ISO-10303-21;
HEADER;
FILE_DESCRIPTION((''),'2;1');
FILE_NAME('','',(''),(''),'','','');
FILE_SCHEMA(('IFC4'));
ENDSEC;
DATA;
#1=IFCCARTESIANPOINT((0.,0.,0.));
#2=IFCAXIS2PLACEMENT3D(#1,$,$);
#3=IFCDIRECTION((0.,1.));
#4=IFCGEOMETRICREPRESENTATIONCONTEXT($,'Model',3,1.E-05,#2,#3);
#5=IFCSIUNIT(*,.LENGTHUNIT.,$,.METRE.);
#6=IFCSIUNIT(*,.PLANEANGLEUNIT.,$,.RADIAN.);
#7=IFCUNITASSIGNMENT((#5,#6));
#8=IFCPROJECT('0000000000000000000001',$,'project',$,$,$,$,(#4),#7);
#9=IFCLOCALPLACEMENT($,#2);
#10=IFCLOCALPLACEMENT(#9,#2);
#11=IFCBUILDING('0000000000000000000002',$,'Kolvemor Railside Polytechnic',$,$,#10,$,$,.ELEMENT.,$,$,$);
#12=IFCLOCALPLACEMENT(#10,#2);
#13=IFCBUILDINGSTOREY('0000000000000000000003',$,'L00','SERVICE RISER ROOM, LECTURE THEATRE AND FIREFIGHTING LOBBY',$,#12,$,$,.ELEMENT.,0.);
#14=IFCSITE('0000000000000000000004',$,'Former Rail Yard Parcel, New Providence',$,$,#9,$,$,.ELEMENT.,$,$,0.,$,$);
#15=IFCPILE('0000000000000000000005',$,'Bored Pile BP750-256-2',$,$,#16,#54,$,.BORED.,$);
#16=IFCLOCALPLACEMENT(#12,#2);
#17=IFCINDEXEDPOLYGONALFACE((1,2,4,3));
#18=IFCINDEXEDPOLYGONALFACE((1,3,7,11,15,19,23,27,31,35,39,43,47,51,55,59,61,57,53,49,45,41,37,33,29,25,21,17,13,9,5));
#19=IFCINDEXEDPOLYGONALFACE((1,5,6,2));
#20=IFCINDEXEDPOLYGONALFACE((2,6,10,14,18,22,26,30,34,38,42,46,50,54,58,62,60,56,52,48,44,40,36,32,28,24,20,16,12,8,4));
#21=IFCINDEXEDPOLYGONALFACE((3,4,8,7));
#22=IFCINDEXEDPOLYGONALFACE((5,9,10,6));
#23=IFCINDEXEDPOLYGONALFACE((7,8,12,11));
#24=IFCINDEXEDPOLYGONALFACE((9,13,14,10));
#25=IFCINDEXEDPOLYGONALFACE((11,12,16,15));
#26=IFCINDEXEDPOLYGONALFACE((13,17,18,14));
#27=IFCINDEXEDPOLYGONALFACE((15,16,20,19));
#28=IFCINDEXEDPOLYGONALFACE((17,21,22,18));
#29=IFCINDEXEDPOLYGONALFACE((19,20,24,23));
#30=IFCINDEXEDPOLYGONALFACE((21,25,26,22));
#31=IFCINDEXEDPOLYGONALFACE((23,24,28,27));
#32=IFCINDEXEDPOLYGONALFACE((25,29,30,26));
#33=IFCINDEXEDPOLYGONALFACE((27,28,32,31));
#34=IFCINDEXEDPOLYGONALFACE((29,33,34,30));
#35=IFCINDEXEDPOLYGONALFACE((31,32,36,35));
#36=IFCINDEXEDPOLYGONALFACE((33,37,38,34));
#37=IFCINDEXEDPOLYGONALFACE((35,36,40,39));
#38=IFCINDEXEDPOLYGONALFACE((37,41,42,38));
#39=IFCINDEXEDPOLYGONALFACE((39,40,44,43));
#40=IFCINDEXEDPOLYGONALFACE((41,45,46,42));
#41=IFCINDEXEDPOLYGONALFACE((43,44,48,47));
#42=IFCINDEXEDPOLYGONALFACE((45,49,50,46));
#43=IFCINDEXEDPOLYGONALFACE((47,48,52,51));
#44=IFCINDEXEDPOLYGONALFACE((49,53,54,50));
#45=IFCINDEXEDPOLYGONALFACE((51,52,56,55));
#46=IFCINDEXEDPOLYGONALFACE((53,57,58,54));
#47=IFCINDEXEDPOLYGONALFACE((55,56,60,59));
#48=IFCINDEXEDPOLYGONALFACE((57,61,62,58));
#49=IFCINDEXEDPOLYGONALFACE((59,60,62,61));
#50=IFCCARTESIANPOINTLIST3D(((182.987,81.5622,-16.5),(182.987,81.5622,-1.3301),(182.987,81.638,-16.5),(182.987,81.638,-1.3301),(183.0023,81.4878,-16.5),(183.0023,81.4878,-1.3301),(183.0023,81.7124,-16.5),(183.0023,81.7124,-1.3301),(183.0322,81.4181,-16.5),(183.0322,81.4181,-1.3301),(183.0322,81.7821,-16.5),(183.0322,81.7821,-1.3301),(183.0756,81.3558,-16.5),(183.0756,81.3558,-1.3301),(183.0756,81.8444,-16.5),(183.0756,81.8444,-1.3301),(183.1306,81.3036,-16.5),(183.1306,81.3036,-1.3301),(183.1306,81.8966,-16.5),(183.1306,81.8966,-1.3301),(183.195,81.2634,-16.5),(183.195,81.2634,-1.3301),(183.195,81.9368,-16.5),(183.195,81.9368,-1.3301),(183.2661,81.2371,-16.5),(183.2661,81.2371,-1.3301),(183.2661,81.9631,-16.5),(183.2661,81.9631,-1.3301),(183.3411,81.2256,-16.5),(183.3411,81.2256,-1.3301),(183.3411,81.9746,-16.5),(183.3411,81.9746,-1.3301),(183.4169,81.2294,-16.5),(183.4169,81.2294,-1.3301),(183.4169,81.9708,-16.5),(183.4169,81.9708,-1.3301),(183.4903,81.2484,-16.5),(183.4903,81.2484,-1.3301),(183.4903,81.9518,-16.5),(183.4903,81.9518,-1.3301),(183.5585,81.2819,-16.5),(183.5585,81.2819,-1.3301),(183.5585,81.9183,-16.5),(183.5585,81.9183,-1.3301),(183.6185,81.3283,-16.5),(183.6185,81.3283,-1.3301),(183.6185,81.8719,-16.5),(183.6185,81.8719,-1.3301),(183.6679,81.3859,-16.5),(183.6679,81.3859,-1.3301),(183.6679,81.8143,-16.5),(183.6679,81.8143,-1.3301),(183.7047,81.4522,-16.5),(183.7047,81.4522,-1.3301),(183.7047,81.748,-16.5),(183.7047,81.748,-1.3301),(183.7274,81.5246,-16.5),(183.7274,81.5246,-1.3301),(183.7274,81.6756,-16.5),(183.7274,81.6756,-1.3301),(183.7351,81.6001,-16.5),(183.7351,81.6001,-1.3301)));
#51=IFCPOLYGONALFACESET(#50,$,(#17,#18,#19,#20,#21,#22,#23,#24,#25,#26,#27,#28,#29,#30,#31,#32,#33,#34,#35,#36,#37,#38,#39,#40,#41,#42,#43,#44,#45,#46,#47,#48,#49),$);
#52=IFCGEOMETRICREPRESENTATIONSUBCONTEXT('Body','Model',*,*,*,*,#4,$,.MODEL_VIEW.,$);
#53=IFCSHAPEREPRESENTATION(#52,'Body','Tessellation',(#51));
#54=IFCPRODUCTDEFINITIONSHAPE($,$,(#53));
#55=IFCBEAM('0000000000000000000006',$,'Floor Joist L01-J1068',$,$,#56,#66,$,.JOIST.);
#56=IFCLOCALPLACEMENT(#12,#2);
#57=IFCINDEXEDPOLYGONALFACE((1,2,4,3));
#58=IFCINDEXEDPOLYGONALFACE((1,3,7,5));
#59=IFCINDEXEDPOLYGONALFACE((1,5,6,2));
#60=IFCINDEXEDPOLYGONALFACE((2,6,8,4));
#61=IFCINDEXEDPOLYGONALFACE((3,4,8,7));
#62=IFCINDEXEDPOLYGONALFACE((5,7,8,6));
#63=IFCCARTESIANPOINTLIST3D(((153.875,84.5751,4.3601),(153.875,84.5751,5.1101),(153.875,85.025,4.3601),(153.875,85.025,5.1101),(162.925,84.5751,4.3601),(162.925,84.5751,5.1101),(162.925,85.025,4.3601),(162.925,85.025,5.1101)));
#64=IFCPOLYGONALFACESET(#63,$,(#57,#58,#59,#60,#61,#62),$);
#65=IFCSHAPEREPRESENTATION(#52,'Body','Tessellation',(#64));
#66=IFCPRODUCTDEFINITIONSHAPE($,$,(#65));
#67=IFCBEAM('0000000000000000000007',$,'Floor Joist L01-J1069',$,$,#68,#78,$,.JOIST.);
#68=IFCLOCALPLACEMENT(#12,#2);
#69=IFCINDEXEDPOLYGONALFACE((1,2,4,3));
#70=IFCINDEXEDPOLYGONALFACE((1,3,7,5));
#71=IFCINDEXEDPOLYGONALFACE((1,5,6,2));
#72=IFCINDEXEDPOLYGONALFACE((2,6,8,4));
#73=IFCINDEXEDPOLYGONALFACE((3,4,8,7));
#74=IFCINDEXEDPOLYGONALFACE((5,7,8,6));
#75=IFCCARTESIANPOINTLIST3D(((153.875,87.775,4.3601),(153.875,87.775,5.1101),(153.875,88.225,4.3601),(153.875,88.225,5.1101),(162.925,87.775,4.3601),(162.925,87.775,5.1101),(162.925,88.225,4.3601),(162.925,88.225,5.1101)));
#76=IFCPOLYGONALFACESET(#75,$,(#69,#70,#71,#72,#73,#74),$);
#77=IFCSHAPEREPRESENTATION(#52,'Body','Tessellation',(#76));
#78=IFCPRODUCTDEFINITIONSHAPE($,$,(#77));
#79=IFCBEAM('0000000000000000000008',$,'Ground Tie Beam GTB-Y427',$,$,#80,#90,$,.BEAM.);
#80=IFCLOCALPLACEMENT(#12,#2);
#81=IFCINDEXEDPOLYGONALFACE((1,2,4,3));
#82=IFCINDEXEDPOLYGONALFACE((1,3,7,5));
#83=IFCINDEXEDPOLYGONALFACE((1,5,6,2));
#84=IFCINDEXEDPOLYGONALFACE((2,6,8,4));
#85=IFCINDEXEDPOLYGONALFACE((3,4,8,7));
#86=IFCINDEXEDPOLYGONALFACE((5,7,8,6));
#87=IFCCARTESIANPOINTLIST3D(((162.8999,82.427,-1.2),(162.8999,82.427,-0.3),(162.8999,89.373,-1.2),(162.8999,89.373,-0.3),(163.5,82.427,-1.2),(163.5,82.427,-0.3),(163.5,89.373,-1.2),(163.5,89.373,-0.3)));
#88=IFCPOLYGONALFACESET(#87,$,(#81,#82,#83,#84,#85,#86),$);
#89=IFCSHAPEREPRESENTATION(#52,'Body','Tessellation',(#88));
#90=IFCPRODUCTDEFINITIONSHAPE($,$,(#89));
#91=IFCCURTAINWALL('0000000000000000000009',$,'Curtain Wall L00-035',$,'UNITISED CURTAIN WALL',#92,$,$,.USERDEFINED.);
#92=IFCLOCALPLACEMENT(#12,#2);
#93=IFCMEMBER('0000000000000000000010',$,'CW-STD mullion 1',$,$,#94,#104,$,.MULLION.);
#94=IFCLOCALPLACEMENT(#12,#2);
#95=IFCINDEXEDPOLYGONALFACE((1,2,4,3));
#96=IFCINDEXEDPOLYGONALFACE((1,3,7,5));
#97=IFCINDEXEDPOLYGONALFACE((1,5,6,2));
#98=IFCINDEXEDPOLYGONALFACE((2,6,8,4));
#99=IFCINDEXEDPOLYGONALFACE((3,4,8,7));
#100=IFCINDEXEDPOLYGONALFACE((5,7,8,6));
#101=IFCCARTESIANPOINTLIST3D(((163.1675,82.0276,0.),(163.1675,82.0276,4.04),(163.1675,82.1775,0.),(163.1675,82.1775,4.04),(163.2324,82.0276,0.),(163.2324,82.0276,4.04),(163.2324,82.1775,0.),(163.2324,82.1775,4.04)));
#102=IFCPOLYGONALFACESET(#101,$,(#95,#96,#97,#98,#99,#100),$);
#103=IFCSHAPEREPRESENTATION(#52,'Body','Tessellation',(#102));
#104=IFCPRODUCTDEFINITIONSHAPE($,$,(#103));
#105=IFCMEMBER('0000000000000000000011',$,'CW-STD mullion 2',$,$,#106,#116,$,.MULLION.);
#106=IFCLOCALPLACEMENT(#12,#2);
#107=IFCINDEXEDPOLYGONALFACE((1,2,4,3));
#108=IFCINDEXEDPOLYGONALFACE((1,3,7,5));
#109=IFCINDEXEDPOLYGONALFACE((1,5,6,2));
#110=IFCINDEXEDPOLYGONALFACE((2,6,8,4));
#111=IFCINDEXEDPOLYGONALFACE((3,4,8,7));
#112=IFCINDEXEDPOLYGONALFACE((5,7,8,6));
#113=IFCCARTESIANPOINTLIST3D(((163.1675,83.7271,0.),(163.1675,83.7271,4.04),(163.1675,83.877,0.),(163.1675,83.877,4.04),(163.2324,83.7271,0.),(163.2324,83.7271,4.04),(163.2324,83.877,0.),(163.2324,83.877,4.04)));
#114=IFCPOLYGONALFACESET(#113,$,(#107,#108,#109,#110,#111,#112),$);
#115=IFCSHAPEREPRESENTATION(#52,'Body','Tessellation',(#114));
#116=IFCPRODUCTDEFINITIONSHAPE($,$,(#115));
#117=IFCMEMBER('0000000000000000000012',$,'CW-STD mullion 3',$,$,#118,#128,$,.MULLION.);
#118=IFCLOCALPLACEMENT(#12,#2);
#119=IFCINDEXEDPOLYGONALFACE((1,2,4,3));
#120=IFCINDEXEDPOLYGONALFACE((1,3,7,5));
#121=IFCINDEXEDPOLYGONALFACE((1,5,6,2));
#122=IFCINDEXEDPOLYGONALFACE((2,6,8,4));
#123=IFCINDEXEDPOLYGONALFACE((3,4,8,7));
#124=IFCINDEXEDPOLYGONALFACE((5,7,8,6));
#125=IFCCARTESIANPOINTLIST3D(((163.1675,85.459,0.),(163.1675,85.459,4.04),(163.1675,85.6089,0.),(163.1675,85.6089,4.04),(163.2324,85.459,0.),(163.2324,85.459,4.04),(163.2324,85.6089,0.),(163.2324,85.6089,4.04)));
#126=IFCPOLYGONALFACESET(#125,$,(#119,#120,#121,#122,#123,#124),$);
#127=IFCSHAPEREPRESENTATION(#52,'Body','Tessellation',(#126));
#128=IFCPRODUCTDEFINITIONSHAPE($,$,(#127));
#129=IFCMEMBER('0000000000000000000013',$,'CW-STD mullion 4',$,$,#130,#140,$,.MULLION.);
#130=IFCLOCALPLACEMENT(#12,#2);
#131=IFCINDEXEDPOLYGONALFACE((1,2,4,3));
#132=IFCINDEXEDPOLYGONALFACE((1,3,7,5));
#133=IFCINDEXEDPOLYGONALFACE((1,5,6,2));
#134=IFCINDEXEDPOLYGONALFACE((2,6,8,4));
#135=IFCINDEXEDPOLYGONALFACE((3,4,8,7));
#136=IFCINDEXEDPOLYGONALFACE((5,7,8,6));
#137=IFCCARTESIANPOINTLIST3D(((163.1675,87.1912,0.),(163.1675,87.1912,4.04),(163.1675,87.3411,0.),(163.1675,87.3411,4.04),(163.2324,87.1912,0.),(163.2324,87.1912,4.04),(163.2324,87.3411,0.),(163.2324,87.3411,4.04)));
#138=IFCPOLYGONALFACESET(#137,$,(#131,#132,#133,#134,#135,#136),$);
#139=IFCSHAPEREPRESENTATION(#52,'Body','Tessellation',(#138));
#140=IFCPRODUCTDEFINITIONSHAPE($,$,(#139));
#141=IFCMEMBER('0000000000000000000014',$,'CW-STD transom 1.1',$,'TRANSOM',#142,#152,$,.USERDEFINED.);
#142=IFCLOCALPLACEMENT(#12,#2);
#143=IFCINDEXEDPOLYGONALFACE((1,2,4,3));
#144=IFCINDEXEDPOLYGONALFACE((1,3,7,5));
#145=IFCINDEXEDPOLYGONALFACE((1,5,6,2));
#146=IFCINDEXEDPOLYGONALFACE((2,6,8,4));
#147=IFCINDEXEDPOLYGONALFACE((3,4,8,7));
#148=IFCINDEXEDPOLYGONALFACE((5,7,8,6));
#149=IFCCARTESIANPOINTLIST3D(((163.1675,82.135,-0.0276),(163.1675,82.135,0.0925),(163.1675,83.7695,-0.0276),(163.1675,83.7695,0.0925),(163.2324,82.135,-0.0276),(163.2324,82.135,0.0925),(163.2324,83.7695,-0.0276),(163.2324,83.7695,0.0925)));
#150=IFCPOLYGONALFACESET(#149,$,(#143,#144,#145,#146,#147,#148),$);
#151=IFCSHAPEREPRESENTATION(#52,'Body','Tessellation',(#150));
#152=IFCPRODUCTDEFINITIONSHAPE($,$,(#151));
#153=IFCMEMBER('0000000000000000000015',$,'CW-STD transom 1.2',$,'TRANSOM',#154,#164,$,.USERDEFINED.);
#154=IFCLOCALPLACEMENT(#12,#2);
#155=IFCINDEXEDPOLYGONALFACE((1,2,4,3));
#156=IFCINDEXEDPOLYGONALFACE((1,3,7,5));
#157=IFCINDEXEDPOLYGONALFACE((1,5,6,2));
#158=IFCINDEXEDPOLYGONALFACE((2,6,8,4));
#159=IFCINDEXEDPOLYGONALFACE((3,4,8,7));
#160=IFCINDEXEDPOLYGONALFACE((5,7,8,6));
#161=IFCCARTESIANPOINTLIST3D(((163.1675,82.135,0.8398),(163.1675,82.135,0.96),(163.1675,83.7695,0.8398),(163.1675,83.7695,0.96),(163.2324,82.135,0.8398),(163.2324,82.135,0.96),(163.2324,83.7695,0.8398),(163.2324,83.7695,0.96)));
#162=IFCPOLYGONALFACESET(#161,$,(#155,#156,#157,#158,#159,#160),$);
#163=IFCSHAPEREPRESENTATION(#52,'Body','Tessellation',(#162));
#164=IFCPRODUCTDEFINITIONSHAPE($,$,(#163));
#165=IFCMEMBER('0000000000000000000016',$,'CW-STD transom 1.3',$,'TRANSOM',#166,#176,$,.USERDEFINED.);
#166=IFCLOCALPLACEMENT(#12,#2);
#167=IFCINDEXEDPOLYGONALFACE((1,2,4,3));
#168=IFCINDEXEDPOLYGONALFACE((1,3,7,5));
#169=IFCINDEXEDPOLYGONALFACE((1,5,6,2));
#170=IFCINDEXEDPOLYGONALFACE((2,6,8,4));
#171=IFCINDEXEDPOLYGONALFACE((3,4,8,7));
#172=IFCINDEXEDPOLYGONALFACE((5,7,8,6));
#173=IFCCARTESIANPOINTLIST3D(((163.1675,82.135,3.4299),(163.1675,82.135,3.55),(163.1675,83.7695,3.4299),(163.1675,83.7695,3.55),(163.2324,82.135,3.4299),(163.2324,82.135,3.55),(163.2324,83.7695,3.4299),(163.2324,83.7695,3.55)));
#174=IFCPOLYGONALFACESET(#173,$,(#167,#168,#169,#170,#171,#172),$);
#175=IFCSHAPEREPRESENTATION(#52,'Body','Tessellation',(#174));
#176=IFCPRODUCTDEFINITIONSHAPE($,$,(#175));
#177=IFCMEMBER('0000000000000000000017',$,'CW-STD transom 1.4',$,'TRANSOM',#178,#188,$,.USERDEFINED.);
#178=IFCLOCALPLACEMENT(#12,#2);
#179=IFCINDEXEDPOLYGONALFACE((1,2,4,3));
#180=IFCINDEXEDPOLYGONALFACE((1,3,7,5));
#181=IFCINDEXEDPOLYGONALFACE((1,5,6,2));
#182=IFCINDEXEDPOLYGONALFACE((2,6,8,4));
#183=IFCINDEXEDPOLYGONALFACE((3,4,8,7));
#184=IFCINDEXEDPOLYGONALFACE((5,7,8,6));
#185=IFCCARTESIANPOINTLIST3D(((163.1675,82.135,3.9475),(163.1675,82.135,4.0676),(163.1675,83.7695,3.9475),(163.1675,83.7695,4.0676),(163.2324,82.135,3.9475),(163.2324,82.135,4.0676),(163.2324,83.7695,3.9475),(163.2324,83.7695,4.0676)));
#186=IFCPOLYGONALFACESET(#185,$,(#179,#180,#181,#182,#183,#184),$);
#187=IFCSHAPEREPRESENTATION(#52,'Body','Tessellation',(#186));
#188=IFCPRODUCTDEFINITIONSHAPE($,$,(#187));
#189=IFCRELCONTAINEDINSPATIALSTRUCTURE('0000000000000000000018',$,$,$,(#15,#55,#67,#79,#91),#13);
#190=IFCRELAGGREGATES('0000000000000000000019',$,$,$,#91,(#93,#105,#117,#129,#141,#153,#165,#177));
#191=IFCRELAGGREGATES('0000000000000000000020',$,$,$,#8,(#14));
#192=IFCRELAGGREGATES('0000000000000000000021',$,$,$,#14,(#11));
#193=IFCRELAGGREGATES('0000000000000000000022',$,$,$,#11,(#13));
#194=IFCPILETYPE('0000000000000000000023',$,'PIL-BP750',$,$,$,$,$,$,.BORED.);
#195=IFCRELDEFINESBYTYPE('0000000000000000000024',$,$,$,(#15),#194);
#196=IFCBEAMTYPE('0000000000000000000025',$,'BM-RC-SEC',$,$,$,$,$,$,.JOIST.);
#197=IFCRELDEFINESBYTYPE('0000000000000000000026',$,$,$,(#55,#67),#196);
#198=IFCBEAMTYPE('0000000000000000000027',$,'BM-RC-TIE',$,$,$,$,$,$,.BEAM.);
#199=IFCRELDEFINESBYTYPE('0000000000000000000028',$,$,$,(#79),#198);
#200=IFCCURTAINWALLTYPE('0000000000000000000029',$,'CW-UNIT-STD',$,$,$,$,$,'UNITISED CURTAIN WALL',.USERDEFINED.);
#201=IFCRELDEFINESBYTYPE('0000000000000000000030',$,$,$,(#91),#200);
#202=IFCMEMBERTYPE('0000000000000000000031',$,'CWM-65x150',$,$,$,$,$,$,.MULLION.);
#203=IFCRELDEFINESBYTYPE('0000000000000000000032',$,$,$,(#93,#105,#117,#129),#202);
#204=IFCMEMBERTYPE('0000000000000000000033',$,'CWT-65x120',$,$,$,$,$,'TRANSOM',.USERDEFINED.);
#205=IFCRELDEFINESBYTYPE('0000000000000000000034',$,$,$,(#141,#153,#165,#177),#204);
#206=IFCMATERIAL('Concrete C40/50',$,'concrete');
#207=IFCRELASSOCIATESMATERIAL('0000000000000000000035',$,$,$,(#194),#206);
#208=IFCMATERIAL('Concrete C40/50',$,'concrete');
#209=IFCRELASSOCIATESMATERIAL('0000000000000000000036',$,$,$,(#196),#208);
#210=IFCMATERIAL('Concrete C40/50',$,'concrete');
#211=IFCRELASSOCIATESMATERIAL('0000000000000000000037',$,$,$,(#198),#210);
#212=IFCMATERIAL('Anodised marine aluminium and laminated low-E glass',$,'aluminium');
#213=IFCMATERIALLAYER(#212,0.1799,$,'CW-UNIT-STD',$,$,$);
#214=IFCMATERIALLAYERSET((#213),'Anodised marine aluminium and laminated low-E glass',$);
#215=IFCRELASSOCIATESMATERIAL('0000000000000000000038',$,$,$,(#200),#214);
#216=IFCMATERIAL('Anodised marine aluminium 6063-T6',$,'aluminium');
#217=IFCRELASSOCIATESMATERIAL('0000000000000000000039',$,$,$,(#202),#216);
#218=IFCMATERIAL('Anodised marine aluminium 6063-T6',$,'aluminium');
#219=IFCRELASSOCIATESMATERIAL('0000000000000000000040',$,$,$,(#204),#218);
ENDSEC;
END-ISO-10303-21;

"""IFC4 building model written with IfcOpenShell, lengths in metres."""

from ifc_helpers import new_model, si_unit, direction, frame, origin, origin_2d, place, context, subcontext, project, spatial, rectangle, circle, extrude, material, layer, layer_set, material_profile, profile_set, type_object, element, aggregate, save


model = new_model("IFC4")

# Units and contexts
model_context = context("Model", 3, precision=1e-05, world=origin(), true_north=direction((0.0, 1.0)))
body_context = subcontext(model_context, "Body", "Model", "MODEL_VIEW")
ifc_project = project(units=[si_unit("LENGTHUNIT", "METRE"), si_unit("PLANEANGLEUNIT", "RADIAN")], contexts=[model_context])

# Site, building, storey
site_placement = place(None, origin())
site = spatial("IfcSite", under=ifc_project, at=site_placement, Name="Former Rail Yard Parcel, New Providence", CompositionType="ELEMENT", RefElevation=0.0)
building_placement = place(site_placement, origin())
building = spatial("IfcBuilding", under=site, at=building_placement, Name="Kolvemor Railside Polytechnic", CompositionType="ELEMENT")
storey_placement = place(building_placement, origin())
storey = spatial("IfcBuildingStorey", under=building, at=storey_placement, Name="L00", Description="SERVICE RISER ROOM, LECTURE THEATRE AND FIREFIGHTING LOBBY", CompositionType="ELEMENT", Elevation=0.0)

# Pile
ifc_material_1 = material(Name="Concrete C40/50", Category="concrete")
ifc_material_profile_1 = material_profile(ifc_material_1, circle(Radius=0.375, at=origin_2d()), Name="BP750")
ifc_profile_set_1 = profile_set([ifc_material_profile_1], Name="Concrete C40/50")
pile_type = type_object("IfcPileType", Name="PIL-BP750", PredefinedType="BORED", material=ifc_profile_set_1)
pile_placement = place(storey_placement, frame((183.3601, 81.6001, -1.3301), z_axis=(0.0, 0.0, -1.0), x_axis=(1.0, 0.0, 0.0)))
element("IfcPile", 1, at=pile_placement, inside=storey, type_object=pile_type, Name="Bored Pile BP750-256-2", PredefinedType="BORED", context=body_context, shape_type="SweptSolid", body=[
    extrude(circle(Radius=0.375, at=origin_2d()), origin(), (0.0, 0.0, 1.0), 15.1699),
])

# Beams
ifc_material_2 = material(Name="Concrete C40/50", Category="concrete")
ifc_material_profile_2 = material_profile(ifc_material_2, rectangle(XDim=0.45, YDim=0.75, at=origin_2d()), Name="RC450x750")
ifc_profile_set_2 = profile_set([ifc_material_profile_2], Name="Concrete C40/50")
beam_type_1 = type_object("IfcBeamType", Name="BM-RC-SEC", PredefinedType="JOIST", material=ifc_profile_set_2)
for number, where, z_axis, x_axis, name in (
    (2, (153.875, 84.8, 4.7351), (1.0, 0.0, 0.0), (0.0, 1.0, 0.0), "Floor Joist L01-J1068"),
    (3, (153.875, 88.0, 4.7351), (1.0, 0.0, 0.0), (0.0, 1.0, 0.0), "Floor Joist L01-J1069"),
):
    element("IfcBeam", number, at=place(storey_placement, frame(where, z_axis=z_axis, x_axis=x_axis)), inside=storey, type_object=beam_type_1, Name=name, PredefinedType="JOIST", context=body_context, shape_type="SweptSolid", body=[
        extrude(rectangle(XDim=0.45, YDim=0.75, at=origin_2d()), origin(), (0.0, 0.0, 1.0), 9.05),
    ])
ifc_material_3 = material(Name="Concrete C40/50", Category="concrete")
ifc_material_profile_3 = material_profile(ifc_material_3, rectangle(XDim=0.6001, YDim=0.8999, at=origin_2d()), Name="RC600x900")
ifc_profile_set_3 = profile_set([ifc_material_profile_3], Name="Concrete C40/50")
beam_type_2 = type_object("IfcBeamType", Name="BM-RC-TIE", PredefinedType="BEAM", material=ifc_profile_set_3)
beam_placement = place(storey_placement, frame((163.2, 82.427, -0.75), z_axis=(0.0, 1.0, 0.0), x_axis=(-1.0, 0.0, 0.0)))
element("IfcBeam", 4, at=beam_placement, inside=storey, type_object=beam_type_2, Name="Ground Tie Beam GTB-Y427", PredefinedType="BEAM", context=body_context, shape_type="SweptSolid", body=[
    extrude(rectangle(XDim=0.6001, YDim=0.8999, at=origin_2d()), origin(), (0.0, 0.0, 1.0), 6.946),
])

# Curtain wall, members
ifc_material_4 = material(Name="Anodised marine aluminium and laminated low-E glass", Category="aluminium")
ifc_layer_1 = layer(ifc_material_4, 0.1799, Name="CW-UNIT-STD")
ifc_layer_set_1 = layer_set([ifc_layer_1], Name="Anodised marine aluminium and laminated low-E glass")
curtain_wall_type = type_object("IfcCurtainWallType", Name="CW-UNIT-STD", ElementType="UNITISED CURTAIN WALL", PredefinedType="USERDEFINED", material=ifc_layer_set_1)
curtain_wall_placement = place(storey_placement, origin())
curtain_wall = element("IfcCurtainWall", 5, at=curtain_wall_placement, inside=storey, type_object=curtain_wall_type, Name="Curtain Wall L00-035", ObjectType="UNITISED CURTAIN WALL", PredefinedType="USERDEFINED")
ifc_material_5 = material(Name="Anodised marine aluminium 6063-T6", Category="aluminium")
ifc_material_profile_4 = material_profile(ifc_material_5, rectangle(XDim=0.0649, YDim=0.1499, at=origin_2d()), Name="CW-MUL-65x150")
ifc_profile_set_4 = profile_set([ifc_material_profile_4], Name="Anodised marine aluminium 6063-T6")
member_type_1 = type_object("IfcMemberType", Name="CWM-65x150", PredefinedType="MULLION", material=ifc_profile_set_4)
member_1_placement = place(storey_placement, frame((163.2, 82.1025, 0.0), z_axis=(0.0, 0.0, 1.0), x_axis=(-1.0, 0.0, 0.0)))
member_1 = element("IfcMember", 6, at=member_1_placement, type_object=member_type_1, Name="CW-STD mullion 1", PredefinedType="MULLION", context=body_context, shape_type="SweptSolid", body=[
    extrude(rectangle(XDim=0.0649, YDim=0.1499, at=origin_2d()), origin(), (0.0, 0.0, 1.0), 4.04),
])
member_2_placement = place(storey_placement, frame((163.2, 83.802, 0.0), z_axis=(0.0, 0.0, 1.0), x_axis=(-1.0, 0.0, 0.0)))
member_2 = element("IfcMember", 7, at=member_2_placement, type_object=member_type_1, Name="CW-STD mullion 2", PredefinedType="MULLION", context=body_context, shape_type="SweptSolid", body=[
    extrude(rectangle(XDim=0.0649, YDim=0.1499, at=origin_2d()), origin(), (0.0, 0.0, 1.0), 4.04),
])
member_3_placement = place(storey_placement, frame((163.2, 85.5339, 0.0), z_axis=(0.0, 0.0, 1.0), x_axis=(-1.0, 0.0, 0.0)))
member_3 = element("IfcMember", 8, at=member_3_placement, type_object=member_type_1, Name="CW-STD mullion 3", PredefinedType="MULLION", context=body_context, shape_type="SweptSolid", body=[
    extrude(rectangle(XDim=0.0649, YDim=0.1499, at=origin_2d()), origin(), (0.0, 0.0, 1.0), 4.04),
])
member_4_placement = place(storey_placement, frame((163.2, 87.2661, 0.0), z_axis=(0.0, 0.0, 1.0), x_axis=(-1.0, 0.0, 0.0)))
member_4 = element("IfcMember", 9, at=member_4_placement, type_object=member_type_1, Name="CW-STD mullion 4", PredefinedType="MULLION", context=body_context, shape_type="SweptSolid", body=[
    extrude(rectangle(XDim=0.0649, YDim=0.1499, at=origin_2d()), origin(), (0.0, 0.0, 1.0), 4.04),
])
ifc_material_6 = material(Name="Anodised marine aluminium 6063-T6", Category="aluminium")
ifc_material_profile_5 = material_profile(ifc_material_6, rectangle(XDim=0.0649, YDim=0.1201, at=origin_2d()), Name="CW-TRN-65x120")
ifc_profile_set_5 = profile_set([ifc_material_profile_5], Name="Anodised marine aluminium 6063-T6")
member_type_2 = type_object("IfcMemberType", Name="CWT-65x120", ElementType="TRANSOM", PredefinedType="USERDEFINED", material=ifc_profile_set_5)
member_5_placement = place(storey_placement, frame((163.2, 82.135, 0.0325), z_axis=(0.0, 1.0, 0.0), x_axis=(-1.0, 0.0, 0.0)))
member_5 = element("IfcMember", 10, at=member_5_placement, type_object=member_type_2, Name="CW-STD transom 1.1", ObjectType="TRANSOM", PredefinedType="USERDEFINED", context=body_context, shape_type="SweptSolid", body=[
    extrude(rectangle(XDim=0.0649, YDim=0.1201, at=origin_2d()), origin(), (0.0, 0.0, 1.0), 1.6345),
])
member_6_placement = place(storey_placement, frame((163.2, 82.135, 0.8999), z_axis=(0.0, 1.0, 0.0), x_axis=(-1.0, 0.0, 0.0)))
member_6 = element("IfcMember", 11, at=member_6_placement, type_object=member_type_2, Name="CW-STD transom 1.2", ObjectType="TRANSOM", PredefinedType="USERDEFINED", context=body_context, shape_type="SweptSolid", body=[
    extrude(rectangle(XDim=0.0649, YDim=0.1201, at=origin_2d()), origin(), (0.0, 0.0, 1.0), 1.6345),
])
member_7_placement = place(storey_placement, frame((163.2, 82.135, 3.49), z_axis=(0.0, 1.0, 0.0), x_axis=(-1.0, 0.0, 0.0)))
member_7 = element("IfcMember", 12, at=member_7_placement, type_object=member_type_2, Name="CW-STD transom 1.3", ObjectType="TRANSOM", PredefinedType="USERDEFINED", context=body_context, shape_type="SweptSolid", body=[
    extrude(rectangle(XDim=0.0649, YDim=0.1201, at=origin_2d()), origin(), (0.0, 0.0, 1.0), 1.6345),
])
member_8_placement = place(storey_placement, frame((163.2, 82.135, 4.0076), z_axis=(0.0, 1.0, 0.0), x_axis=(-1.0, 0.0, 0.0)))
member_8 = element("IfcMember", 13, at=member_8_placement, type_object=member_type_2, Name="CW-STD transom 1.4", ObjectType="TRANSOM", PredefinedType="USERDEFINED", context=body_context, shape_type="SweptSolid", body=[
    extrude(rectangle(XDim=0.0649, YDim=0.1201, at=origin_2d()), origin(), (0.0, 0.0, 1.0), 1.6345),
])
aggregate(curtain_wall, [member_1, member_2, member_3, member_4, member_5, member_6, member_7, member_8])

save(model, "model.ifc")
